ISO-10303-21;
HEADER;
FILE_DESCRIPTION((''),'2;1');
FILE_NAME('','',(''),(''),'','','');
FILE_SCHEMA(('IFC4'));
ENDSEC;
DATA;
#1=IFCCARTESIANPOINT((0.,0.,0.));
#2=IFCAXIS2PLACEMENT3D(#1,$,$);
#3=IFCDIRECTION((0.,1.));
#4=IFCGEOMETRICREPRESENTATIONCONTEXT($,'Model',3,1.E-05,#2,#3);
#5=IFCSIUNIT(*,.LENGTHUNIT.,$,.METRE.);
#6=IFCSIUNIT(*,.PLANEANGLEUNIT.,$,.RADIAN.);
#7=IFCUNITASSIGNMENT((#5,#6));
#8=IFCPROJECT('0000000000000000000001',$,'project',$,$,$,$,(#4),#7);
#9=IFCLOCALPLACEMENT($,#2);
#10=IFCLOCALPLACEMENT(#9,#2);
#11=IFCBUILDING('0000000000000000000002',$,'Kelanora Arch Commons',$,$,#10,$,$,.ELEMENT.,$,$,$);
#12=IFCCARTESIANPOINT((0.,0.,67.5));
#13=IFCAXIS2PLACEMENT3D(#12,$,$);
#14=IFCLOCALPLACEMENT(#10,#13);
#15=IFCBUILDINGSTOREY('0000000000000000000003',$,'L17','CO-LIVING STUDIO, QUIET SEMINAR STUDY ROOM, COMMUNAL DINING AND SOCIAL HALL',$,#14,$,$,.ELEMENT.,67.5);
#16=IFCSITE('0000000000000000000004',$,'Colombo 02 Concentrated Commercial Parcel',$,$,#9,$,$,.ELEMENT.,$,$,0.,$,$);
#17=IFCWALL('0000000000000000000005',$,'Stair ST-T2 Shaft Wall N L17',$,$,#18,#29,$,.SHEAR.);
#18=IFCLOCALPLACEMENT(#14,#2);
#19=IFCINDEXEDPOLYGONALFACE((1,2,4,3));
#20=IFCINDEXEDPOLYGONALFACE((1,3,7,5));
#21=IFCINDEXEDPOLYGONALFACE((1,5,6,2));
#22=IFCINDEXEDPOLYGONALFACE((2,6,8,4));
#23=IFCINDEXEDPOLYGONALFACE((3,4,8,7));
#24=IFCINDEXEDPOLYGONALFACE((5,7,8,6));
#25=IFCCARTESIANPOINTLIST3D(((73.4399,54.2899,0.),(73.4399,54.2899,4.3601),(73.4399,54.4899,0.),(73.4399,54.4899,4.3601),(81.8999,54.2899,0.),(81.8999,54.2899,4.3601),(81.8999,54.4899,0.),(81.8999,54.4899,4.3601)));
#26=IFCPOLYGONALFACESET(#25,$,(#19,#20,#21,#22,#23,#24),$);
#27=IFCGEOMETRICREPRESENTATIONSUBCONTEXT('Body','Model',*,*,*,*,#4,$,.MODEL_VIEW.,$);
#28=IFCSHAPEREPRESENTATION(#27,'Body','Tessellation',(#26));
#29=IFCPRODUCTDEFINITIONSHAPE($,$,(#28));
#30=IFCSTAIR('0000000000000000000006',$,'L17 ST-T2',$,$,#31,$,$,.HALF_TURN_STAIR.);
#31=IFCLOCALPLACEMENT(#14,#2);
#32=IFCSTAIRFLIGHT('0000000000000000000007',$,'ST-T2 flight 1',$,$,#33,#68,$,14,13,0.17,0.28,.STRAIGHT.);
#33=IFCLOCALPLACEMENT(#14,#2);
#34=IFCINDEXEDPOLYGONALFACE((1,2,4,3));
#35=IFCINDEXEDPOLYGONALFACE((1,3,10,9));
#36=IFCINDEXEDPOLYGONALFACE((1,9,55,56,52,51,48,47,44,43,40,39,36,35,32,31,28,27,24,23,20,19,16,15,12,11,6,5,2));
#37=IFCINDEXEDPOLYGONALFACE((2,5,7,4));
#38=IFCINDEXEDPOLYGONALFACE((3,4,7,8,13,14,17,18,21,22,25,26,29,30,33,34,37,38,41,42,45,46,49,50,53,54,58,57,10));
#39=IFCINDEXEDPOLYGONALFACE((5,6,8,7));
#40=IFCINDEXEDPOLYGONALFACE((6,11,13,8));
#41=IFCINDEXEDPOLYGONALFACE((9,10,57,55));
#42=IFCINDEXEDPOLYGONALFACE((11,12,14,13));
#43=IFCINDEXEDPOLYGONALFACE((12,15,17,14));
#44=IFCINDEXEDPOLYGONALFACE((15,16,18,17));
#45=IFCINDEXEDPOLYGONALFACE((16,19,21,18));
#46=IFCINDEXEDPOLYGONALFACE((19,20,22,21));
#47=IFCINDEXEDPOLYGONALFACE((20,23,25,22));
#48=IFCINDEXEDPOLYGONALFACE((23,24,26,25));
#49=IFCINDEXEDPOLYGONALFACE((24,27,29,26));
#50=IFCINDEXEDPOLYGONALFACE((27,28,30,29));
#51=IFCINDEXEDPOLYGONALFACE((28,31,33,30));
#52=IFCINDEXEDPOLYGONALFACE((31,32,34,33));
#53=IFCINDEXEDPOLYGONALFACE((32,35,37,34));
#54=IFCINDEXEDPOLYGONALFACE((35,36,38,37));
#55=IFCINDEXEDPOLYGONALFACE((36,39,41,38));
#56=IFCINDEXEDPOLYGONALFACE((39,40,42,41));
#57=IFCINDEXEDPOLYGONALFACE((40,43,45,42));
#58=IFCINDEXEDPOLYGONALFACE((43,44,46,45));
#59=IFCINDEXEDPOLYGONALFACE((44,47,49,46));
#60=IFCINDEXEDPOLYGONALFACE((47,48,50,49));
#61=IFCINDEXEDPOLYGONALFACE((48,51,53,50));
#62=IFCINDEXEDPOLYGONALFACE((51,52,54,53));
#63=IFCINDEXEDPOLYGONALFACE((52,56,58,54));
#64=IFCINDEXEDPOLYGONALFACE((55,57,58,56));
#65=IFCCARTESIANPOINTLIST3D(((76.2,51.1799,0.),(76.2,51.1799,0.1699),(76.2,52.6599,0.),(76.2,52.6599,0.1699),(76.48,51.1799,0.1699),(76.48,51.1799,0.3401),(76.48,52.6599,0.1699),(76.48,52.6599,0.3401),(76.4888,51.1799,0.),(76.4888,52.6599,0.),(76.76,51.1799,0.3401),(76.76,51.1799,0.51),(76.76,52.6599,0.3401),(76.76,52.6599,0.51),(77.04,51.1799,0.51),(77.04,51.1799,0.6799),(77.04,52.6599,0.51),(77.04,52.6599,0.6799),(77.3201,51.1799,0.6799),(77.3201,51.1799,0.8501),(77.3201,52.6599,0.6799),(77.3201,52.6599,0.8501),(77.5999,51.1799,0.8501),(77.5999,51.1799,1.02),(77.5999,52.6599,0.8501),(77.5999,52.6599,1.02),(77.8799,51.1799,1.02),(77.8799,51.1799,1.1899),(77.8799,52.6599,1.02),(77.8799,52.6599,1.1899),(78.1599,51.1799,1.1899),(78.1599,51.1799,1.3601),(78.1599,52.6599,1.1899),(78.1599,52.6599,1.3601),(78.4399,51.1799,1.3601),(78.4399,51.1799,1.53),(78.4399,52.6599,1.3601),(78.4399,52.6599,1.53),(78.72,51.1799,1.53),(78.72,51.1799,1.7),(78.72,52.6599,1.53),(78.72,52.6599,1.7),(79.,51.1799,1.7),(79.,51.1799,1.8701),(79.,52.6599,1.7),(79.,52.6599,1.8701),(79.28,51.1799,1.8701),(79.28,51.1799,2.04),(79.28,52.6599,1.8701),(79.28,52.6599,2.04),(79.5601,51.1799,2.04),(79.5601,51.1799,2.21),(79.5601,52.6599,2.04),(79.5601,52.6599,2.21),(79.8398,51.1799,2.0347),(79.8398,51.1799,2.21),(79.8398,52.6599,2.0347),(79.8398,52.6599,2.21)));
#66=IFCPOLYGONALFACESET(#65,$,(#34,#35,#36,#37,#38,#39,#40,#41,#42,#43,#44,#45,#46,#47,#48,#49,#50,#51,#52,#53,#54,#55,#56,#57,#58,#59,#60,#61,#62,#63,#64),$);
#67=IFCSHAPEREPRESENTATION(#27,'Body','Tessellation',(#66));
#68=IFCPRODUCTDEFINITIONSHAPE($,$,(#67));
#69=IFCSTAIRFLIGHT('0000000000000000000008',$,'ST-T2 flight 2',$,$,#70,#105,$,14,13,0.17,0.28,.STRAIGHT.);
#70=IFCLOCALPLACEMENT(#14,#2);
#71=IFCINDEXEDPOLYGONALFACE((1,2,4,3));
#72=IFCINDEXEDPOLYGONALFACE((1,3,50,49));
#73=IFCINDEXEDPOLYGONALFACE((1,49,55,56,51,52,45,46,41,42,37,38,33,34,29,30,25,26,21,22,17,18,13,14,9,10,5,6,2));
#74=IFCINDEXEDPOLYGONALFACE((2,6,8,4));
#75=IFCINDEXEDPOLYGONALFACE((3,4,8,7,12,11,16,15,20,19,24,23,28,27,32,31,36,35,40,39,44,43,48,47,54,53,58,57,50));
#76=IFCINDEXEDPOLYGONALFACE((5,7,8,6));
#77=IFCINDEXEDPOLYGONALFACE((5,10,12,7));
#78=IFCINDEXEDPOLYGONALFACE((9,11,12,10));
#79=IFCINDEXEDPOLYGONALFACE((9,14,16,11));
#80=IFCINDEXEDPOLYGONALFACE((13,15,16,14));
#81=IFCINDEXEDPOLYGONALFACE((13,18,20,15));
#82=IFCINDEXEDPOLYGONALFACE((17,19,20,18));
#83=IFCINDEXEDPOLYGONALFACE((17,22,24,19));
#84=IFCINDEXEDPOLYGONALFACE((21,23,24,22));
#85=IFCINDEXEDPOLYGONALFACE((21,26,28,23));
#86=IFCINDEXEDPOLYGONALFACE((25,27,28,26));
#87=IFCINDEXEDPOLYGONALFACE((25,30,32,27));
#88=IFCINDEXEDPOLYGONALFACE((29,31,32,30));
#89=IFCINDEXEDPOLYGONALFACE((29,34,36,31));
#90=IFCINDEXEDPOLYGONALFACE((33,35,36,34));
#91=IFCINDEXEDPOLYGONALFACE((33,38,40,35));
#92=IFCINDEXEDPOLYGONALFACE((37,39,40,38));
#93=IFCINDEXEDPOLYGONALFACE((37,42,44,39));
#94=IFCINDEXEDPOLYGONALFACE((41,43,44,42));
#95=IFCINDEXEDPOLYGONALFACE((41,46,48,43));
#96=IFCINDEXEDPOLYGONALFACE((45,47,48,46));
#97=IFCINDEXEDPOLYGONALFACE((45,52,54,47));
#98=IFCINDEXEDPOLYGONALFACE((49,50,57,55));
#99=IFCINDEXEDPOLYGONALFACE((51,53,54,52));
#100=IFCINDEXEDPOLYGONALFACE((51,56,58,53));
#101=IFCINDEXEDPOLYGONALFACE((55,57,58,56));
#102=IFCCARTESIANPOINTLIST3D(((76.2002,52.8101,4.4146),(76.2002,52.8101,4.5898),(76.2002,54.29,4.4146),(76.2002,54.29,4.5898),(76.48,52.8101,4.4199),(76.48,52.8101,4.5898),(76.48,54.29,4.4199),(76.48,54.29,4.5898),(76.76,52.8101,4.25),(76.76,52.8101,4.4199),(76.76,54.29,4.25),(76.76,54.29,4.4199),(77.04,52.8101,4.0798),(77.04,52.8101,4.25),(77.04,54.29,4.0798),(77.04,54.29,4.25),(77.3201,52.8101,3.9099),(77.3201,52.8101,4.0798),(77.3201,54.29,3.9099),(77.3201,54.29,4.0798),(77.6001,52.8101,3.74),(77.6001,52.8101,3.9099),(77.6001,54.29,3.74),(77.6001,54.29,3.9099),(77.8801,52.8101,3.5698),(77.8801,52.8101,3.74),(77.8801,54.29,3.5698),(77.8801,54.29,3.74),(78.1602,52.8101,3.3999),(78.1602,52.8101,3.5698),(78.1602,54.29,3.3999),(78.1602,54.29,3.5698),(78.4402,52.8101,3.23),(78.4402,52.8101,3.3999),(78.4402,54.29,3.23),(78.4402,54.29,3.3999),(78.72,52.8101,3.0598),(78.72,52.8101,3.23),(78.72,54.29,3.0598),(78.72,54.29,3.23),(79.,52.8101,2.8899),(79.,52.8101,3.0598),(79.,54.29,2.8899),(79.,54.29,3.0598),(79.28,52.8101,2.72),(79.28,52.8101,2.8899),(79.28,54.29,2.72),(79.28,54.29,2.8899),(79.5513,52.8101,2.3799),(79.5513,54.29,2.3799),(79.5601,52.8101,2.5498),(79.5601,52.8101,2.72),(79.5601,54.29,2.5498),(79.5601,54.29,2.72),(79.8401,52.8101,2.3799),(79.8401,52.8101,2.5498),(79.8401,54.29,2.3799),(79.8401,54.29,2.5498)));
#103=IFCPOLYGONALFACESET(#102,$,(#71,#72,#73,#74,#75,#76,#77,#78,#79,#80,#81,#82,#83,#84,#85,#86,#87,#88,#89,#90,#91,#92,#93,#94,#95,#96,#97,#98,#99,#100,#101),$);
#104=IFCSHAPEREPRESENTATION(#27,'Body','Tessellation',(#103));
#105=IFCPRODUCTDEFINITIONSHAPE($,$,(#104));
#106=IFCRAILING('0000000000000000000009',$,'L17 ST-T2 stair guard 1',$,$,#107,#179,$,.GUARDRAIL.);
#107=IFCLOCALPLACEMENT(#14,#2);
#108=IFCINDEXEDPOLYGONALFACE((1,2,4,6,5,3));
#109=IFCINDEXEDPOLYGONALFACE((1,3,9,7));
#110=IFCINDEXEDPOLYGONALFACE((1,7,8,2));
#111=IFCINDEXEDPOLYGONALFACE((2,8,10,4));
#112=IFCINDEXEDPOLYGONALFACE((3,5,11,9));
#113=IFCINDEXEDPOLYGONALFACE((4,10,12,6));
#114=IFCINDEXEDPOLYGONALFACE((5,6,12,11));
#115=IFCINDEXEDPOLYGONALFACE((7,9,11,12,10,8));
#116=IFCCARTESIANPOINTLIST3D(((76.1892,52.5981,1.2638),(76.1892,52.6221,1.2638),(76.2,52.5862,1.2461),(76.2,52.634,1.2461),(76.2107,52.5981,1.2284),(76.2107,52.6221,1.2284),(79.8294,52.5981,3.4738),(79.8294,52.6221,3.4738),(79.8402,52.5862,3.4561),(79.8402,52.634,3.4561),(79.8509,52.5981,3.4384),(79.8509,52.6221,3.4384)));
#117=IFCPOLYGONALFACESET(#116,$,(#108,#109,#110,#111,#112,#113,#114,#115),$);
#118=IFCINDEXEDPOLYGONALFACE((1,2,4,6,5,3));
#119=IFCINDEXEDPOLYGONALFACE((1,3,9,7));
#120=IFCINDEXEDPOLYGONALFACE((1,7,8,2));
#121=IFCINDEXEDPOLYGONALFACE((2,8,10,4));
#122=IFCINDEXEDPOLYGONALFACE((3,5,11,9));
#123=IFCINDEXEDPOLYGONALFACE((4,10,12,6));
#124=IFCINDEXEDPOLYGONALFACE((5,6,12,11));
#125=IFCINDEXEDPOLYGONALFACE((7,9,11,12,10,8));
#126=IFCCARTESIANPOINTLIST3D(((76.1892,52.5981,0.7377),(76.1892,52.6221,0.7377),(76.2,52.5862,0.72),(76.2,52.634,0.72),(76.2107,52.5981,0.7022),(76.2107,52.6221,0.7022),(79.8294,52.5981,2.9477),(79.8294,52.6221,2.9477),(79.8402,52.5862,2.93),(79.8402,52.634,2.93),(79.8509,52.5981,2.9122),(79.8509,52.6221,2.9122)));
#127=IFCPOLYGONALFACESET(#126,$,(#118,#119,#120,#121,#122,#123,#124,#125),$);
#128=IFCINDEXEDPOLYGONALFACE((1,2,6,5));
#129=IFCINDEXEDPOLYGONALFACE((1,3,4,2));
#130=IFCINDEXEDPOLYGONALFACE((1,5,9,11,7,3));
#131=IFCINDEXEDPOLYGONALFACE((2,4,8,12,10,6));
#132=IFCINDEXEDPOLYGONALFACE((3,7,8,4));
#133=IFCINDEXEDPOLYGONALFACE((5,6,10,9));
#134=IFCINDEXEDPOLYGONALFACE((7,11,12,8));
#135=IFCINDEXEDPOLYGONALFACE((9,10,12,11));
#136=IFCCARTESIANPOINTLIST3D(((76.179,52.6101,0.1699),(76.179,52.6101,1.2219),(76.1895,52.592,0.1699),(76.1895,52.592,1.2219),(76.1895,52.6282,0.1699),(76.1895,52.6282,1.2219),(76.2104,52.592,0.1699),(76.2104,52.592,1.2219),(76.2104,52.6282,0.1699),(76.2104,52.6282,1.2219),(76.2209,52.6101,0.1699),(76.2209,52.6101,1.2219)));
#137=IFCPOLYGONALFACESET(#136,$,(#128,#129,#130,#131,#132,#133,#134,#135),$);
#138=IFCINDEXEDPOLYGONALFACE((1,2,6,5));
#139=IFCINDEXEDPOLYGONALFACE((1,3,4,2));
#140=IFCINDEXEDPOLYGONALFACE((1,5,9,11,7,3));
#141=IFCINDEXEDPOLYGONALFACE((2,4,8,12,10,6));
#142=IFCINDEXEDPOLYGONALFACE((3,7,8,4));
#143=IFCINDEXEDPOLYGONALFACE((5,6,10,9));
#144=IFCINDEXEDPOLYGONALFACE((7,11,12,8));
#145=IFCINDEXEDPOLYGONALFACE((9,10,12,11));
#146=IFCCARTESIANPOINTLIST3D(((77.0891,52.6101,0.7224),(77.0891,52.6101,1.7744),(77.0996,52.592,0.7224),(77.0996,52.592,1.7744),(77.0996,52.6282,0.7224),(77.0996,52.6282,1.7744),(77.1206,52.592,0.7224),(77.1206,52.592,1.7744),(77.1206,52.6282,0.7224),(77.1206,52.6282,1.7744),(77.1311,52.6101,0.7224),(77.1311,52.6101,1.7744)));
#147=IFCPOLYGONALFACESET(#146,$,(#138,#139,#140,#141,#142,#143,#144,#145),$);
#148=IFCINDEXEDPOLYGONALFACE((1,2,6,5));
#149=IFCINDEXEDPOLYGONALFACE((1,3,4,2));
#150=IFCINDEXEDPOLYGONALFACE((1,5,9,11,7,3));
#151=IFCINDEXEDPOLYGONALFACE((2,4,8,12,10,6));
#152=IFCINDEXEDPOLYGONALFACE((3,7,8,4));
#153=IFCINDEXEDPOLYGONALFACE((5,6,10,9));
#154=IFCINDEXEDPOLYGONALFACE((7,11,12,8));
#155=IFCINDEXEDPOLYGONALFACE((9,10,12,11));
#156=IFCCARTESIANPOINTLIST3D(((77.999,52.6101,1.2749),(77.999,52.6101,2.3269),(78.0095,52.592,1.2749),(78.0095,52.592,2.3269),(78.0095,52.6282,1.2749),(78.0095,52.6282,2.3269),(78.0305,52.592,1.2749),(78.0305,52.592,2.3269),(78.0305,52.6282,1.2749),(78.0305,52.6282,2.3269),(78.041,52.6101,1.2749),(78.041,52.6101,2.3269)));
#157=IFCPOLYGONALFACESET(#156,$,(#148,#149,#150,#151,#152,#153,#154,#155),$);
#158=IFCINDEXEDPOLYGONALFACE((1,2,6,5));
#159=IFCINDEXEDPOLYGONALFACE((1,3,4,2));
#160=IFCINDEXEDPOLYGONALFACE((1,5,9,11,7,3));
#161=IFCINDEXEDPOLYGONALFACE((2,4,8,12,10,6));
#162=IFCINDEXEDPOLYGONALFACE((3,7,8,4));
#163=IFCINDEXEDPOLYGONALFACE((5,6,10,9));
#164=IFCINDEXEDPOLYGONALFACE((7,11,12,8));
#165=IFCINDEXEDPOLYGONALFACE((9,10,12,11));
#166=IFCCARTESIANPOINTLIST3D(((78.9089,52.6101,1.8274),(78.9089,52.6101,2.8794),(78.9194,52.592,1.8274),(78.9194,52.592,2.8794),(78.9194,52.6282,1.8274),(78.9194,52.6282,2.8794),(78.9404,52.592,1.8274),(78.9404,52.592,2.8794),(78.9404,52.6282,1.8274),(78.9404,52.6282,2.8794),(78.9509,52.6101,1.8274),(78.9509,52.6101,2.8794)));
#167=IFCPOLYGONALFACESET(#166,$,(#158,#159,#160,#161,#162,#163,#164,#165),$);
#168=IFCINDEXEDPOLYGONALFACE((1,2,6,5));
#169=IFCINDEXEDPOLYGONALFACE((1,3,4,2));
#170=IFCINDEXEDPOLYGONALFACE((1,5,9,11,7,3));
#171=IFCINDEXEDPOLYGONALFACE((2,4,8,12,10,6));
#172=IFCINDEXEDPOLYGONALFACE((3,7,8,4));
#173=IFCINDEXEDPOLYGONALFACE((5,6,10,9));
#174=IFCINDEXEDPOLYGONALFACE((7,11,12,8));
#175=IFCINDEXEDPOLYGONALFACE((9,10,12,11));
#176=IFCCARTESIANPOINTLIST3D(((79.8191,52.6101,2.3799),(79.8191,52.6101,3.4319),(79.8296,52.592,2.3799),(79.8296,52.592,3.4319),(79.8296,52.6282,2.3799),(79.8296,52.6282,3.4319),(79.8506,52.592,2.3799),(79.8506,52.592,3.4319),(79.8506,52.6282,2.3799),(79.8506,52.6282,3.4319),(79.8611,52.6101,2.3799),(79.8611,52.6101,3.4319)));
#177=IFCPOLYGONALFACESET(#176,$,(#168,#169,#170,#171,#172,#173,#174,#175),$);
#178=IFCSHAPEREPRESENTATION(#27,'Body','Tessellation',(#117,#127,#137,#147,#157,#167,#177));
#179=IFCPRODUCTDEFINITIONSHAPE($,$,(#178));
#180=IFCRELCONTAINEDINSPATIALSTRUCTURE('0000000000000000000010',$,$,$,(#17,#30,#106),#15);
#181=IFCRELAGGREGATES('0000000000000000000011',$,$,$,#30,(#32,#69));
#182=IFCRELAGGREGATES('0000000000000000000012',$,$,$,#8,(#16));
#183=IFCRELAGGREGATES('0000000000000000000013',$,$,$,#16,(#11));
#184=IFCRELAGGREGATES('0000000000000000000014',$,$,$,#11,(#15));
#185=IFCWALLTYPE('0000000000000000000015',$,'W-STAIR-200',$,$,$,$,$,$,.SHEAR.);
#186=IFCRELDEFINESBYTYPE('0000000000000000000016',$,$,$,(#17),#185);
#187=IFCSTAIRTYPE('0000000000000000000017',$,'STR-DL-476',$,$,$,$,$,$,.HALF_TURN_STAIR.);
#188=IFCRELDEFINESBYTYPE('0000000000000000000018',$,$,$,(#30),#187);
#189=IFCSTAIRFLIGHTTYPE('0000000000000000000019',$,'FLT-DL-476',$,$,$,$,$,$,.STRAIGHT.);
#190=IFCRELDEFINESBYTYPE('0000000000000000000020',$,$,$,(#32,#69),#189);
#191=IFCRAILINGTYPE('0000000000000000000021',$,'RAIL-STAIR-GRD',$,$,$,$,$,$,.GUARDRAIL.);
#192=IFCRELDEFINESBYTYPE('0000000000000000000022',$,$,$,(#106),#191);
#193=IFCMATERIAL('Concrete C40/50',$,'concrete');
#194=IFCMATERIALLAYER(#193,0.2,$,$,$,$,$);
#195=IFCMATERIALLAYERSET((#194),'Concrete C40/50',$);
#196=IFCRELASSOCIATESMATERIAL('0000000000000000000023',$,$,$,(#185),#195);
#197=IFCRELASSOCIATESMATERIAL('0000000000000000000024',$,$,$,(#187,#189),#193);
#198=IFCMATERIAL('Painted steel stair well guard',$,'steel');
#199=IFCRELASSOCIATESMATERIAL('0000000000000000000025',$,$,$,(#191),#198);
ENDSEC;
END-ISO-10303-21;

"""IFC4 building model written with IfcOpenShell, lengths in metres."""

from ifc_helpers import new_model, si_unit, direction, frame, frame_2d, origin, place, context, subcontext, project, spatial, polyline, rectangle, outline, extrude, material, layer, layer_set, type_object, element, aggregate, save


model = new_model("IFC4")

# Units and contexts
model_context = context("Model", 3, precision=1e-05, world=origin(), true_north=direction((0.0, 1.0)))
body_context = subcontext(model_context, "Body", "Model", "MODEL_VIEW")
ifc_project = project(units=[si_unit("LENGTHUNIT", "METRE"), si_unit("PLANEANGLEUNIT", "RADIAN")], contexts=[model_context])

# Site, building, storey
site_placement = place(None, origin())
site = spatial("IfcSite", under=ifc_project, at=site_placement, Name="Colombo 02 Concentrated Commercial Parcel", CompositionType="ELEMENT", RefElevation=0.0)
building_placement = place(site_placement, origin())
building = spatial("IfcBuilding", under=site, at=building_placement, Name="Kelanora Arch Commons", CompositionType="ELEMENT")
storey_placement = place(building_placement, frame((0.0, 0.0, 67.5)))
storey = spatial("IfcBuildingStorey", under=building, at=storey_placement, Name="L17", Description="CO-LIVING STUDIO, QUIET SEMINAR STUDY ROOM, COMMUNAL DINING AND SOCIAL HALL", CompositionType="ELEMENT", Elevation=67.5)

# Wall
ifc_material_1 = material(Name="Concrete C40/50", Category="concrete")
ifc_layer_1 = layer(ifc_material_1, 0.2)
ifc_layer_set_1 = layer_set([ifc_layer_1], Name="Concrete C40/50")
wall_type_1 = type_object("IfcWallType", Name="W-STAIR-200", PredefinedType="SHEAR", material=ifc_layer_set_1)
wall_1_placement = place(storey_placement, frame((81.8999, 54.3899, 0.0), z_axis=(0.0, 0.0, 1.0), x_axis=(-1.0, 0.0, 0.0)))
element("IfcWall", 1, at=wall_1_placement, inside=storey, type_object=wall_type_1, Name="Stair ST-T2 Shaft Wall N L17", PredefinedType="SHEAR", context=body_context, shape_type="SweptSolid", body=[
    extrude(rectangle(XDim=8.46, YDim=0.2, at=frame_2d((4.23, 0.0))), origin(), (0.0, 0.0, 1.0), 4.3601),
])

# Stair, stair flights
stair_type = type_object("IfcStairType", Name="STR-DL-476", PredefinedType="HALF_TURN_STAIR", material=ifc_material_1)
stair_placement = place(storey_placement, origin())
stair = element("IfcStair", 2, at=stair_placement, inside=storey, type_object=stair_type, Name="L17 ST-T2", PredefinedType="HALF_TURN_STAIR")
stair_flight_type = type_object("IfcStairFlightType", Name="FLT-DL-476", PredefinedType="STRAIGHT", material=ifc_material_1)
stair_flight_1_placement = place(storey_placement, frame((76.2, 51.9199, 0.0), z_axis=(0.0, 0.0, 1.0), x_axis=(1.0, 0.0, 0.0)))
stair_flight_1 = element("IfcStairFlight", 3, at=stair_flight_1_placement, type_object=stair_flight_type, Name="ST-T2 flight 1", NumberOfRisers=14, NumberOfTreads=13, PredefinedType="STRAIGHT", RiserHeight=0.17, TreadLength=0.28, context=body_context, shape_type="SweptSolid", body=[
    extrude(outline(polyline([(0.0, 0.0), (0.0, 0.1699), (0.28, 0.1699), (0.28, 0.3401), (0.5601, 0.3401), (0.5601, 0.51), (0.8401, 0.51), (0.8401, 0.6799), (1.1201, 0.6799), (1.1201, 0.8501), (1.3999, 0.8501), (1.3999, 1.02), (1.6799, 1.02), (1.6799, 1.1899), (1.96, 1.1899), (1.96, 1.3601), (2.24, 1.3601), (2.24, 1.53), (2.52, 1.53), (2.52, 1.7), (2.8, 1.7), (2.8, 1.8701), (3.0801, 1.8701), (3.0801, 2.04), (3.3601, 2.04), (3.3601, 2.21), (3.6399, 2.21), (3.6399, 2.3799), (3.6399, 2.0347), (0.2888, 0.0), (0.0, 0.0)])), frame((0.0, 0.74, 0.0), z_axis=(0.0, -1.0, 0.0), x_axis=(1.0, 0.0, 0.0)), (0.0, 0.0, 1.0), 1.48),
])
stair_flight_2_placement = place(storey_placement, frame((79.8401, 53.55, 2.3799), z_axis=(0.0, 0.0, 1.0), x_axis=(-1.0, 0.0, 0.0)))
stair_flight_2 = element("IfcStairFlight", 4, at=stair_flight_2_placement, type_object=stair_flight_type, Name="ST-T2 flight 2", NumberOfRisers=14, NumberOfTreads=13, PredefinedType="STRAIGHT", RiserHeight=0.17, TreadLength=0.28, context=body_context, shape_type="SweptSolid", body=[
    extrude(outline(polyline([(0.0, 0.0), (0.0, 0.1699), (0.28, 0.1699), (0.28, 0.3401), (0.5601, 0.3401), (0.5601, 0.51), (0.8401, 0.51), (0.8401, 0.6799), (1.1201, 0.6799), (1.1201, 0.8501), (1.3999, 0.8501), (1.3999, 1.02), (1.6799, 1.02), (1.6799, 1.1899), (1.96, 1.1899), (1.96, 1.3601), (2.24, 1.3601), (2.24, 1.53), (2.52, 1.53), (2.52, 1.7), (2.8, 1.7), (2.8, 1.8701), (3.0801, 1.8701), (3.0801, 2.04), (3.3601, 2.04), (3.3601, 2.21), (3.6399, 2.21), (3.6399, 2.3799), (3.6399, 2.0347), (0.2888, 0.0), (0.0, 0.0)])), frame((0.0, 0.74, 0.0), z_axis=(0.0, -1.0, 0.0), x_axis=(1.0, 0.0, 0.0)), (0.0, 0.0, 1.0), 1.48),
])
aggregate(stair, [stair_flight_1, stair_flight_2])

# Railing
ifc_material_2 = material(Name="Painted steel stair well guard", Category="steel")
railing_type_1 = type_object("IfcRailingType", Name="RAIL-STAIR-GRD", PredefinedType="GUARDRAIL", material=ifc_material_2)
railing_1_placement = place(storey_placement, frame((76.2, 52.6101, 0.1699)))
element("IfcRailing", 5, at=railing_1_placement, inside=storey, type_object=railing_type_1, Name="L17 ST-T2 stair guard 1", PredefinedType="GUARDRAIL", context=body_context, shape_type="SweptSolid", body=[
    extrude(outline(polyline([(0.0239, 0.0), (0.012, 0.0208), (-0.012, 0.0208), (-0.0239, 0.0), (-0.012, -0.0208), (0.012, -0.0208), (0.0239, 0.0)])), frame((0.0, 0.0, 1.0762), z_axis=(0.8548, 0.0, 0.518957), x_axis=(0.0, 1.0, 0.0)), (0.0, 0.0, 1.0), 4.2585),
    extrude(outline(polyline([(0.0239, 0.0), (0.012, 0.0208), (-0.012, 0.0208), (-0.0239, 0.0), (-0.012, -0.0208), (0.012, -0.0208), (0.0239, 0.0)])), frame((0.0, 0.0, 0.55), z_axis=(0.8548, 0.0, 0.518957), x_axis=(0.0, 1.0, 0.0)), (0.0, 0.0, 1.0), 4.2585),
    extrude(outline(polyline([(0.021, 0.0), (0.0105, 0.0181), (-0.0105, 0.0181), (-0.021, 0.0), (-0.0105, -0.0181), (0.0105, -0.0181), (0.021, 0.0)])), origin(), (0.0, 0.0, 1.0), 1.052),
    extrude(outline(polyline([(0.021, 0.0), (0.0105, 0.0181), (-0.0105, 0.0181), (-0.021, 0.0), (-0.0105, -0.0181), (0.0105, -0.0181), (0.021, 0.0)])), frame((0.9102, 0.0, 0.5525)), (0.0, 0.0, 1.0), 1.052),
    extrude(outline(polyline([(0.021, 0.0), (0.0105, 0.0181), (-0.0105, 0.0181), (-0.021, 0.0), (-0.0105, -0.0181), (0.0105, -0.0181), (0.021, 0.0)])), frame((1.8201, 0.0, 1.105)), (0.0, 0.0, 1.0), 1.052),
    extrude(outline(polyline([(0.021, 0.0), (0.0105, 0.0181), (-0.0105, 0.0181), (-0.021, 0.0), (-0.0105, -0.0181), (0.0105, -0.0181), (0.021, 0.0)])), frame((2.73, 0.0, 1.6575)), (0.0, 0.0, 1.0), 1.052),
    extrude(outline(polyline([(0.021, 0.0), (0.0105, 0.0181), (-0.0105, 0.0181), (-0.021, 0.0), (-0.0105, -0.0181), (0.0105, -0.0181), (0.021, 0.0)])), frame((3.6401, 0.0, 2.21)), (0.0, 0.0, 1.0), 1.052),
])

save(model, "model.ifc")
